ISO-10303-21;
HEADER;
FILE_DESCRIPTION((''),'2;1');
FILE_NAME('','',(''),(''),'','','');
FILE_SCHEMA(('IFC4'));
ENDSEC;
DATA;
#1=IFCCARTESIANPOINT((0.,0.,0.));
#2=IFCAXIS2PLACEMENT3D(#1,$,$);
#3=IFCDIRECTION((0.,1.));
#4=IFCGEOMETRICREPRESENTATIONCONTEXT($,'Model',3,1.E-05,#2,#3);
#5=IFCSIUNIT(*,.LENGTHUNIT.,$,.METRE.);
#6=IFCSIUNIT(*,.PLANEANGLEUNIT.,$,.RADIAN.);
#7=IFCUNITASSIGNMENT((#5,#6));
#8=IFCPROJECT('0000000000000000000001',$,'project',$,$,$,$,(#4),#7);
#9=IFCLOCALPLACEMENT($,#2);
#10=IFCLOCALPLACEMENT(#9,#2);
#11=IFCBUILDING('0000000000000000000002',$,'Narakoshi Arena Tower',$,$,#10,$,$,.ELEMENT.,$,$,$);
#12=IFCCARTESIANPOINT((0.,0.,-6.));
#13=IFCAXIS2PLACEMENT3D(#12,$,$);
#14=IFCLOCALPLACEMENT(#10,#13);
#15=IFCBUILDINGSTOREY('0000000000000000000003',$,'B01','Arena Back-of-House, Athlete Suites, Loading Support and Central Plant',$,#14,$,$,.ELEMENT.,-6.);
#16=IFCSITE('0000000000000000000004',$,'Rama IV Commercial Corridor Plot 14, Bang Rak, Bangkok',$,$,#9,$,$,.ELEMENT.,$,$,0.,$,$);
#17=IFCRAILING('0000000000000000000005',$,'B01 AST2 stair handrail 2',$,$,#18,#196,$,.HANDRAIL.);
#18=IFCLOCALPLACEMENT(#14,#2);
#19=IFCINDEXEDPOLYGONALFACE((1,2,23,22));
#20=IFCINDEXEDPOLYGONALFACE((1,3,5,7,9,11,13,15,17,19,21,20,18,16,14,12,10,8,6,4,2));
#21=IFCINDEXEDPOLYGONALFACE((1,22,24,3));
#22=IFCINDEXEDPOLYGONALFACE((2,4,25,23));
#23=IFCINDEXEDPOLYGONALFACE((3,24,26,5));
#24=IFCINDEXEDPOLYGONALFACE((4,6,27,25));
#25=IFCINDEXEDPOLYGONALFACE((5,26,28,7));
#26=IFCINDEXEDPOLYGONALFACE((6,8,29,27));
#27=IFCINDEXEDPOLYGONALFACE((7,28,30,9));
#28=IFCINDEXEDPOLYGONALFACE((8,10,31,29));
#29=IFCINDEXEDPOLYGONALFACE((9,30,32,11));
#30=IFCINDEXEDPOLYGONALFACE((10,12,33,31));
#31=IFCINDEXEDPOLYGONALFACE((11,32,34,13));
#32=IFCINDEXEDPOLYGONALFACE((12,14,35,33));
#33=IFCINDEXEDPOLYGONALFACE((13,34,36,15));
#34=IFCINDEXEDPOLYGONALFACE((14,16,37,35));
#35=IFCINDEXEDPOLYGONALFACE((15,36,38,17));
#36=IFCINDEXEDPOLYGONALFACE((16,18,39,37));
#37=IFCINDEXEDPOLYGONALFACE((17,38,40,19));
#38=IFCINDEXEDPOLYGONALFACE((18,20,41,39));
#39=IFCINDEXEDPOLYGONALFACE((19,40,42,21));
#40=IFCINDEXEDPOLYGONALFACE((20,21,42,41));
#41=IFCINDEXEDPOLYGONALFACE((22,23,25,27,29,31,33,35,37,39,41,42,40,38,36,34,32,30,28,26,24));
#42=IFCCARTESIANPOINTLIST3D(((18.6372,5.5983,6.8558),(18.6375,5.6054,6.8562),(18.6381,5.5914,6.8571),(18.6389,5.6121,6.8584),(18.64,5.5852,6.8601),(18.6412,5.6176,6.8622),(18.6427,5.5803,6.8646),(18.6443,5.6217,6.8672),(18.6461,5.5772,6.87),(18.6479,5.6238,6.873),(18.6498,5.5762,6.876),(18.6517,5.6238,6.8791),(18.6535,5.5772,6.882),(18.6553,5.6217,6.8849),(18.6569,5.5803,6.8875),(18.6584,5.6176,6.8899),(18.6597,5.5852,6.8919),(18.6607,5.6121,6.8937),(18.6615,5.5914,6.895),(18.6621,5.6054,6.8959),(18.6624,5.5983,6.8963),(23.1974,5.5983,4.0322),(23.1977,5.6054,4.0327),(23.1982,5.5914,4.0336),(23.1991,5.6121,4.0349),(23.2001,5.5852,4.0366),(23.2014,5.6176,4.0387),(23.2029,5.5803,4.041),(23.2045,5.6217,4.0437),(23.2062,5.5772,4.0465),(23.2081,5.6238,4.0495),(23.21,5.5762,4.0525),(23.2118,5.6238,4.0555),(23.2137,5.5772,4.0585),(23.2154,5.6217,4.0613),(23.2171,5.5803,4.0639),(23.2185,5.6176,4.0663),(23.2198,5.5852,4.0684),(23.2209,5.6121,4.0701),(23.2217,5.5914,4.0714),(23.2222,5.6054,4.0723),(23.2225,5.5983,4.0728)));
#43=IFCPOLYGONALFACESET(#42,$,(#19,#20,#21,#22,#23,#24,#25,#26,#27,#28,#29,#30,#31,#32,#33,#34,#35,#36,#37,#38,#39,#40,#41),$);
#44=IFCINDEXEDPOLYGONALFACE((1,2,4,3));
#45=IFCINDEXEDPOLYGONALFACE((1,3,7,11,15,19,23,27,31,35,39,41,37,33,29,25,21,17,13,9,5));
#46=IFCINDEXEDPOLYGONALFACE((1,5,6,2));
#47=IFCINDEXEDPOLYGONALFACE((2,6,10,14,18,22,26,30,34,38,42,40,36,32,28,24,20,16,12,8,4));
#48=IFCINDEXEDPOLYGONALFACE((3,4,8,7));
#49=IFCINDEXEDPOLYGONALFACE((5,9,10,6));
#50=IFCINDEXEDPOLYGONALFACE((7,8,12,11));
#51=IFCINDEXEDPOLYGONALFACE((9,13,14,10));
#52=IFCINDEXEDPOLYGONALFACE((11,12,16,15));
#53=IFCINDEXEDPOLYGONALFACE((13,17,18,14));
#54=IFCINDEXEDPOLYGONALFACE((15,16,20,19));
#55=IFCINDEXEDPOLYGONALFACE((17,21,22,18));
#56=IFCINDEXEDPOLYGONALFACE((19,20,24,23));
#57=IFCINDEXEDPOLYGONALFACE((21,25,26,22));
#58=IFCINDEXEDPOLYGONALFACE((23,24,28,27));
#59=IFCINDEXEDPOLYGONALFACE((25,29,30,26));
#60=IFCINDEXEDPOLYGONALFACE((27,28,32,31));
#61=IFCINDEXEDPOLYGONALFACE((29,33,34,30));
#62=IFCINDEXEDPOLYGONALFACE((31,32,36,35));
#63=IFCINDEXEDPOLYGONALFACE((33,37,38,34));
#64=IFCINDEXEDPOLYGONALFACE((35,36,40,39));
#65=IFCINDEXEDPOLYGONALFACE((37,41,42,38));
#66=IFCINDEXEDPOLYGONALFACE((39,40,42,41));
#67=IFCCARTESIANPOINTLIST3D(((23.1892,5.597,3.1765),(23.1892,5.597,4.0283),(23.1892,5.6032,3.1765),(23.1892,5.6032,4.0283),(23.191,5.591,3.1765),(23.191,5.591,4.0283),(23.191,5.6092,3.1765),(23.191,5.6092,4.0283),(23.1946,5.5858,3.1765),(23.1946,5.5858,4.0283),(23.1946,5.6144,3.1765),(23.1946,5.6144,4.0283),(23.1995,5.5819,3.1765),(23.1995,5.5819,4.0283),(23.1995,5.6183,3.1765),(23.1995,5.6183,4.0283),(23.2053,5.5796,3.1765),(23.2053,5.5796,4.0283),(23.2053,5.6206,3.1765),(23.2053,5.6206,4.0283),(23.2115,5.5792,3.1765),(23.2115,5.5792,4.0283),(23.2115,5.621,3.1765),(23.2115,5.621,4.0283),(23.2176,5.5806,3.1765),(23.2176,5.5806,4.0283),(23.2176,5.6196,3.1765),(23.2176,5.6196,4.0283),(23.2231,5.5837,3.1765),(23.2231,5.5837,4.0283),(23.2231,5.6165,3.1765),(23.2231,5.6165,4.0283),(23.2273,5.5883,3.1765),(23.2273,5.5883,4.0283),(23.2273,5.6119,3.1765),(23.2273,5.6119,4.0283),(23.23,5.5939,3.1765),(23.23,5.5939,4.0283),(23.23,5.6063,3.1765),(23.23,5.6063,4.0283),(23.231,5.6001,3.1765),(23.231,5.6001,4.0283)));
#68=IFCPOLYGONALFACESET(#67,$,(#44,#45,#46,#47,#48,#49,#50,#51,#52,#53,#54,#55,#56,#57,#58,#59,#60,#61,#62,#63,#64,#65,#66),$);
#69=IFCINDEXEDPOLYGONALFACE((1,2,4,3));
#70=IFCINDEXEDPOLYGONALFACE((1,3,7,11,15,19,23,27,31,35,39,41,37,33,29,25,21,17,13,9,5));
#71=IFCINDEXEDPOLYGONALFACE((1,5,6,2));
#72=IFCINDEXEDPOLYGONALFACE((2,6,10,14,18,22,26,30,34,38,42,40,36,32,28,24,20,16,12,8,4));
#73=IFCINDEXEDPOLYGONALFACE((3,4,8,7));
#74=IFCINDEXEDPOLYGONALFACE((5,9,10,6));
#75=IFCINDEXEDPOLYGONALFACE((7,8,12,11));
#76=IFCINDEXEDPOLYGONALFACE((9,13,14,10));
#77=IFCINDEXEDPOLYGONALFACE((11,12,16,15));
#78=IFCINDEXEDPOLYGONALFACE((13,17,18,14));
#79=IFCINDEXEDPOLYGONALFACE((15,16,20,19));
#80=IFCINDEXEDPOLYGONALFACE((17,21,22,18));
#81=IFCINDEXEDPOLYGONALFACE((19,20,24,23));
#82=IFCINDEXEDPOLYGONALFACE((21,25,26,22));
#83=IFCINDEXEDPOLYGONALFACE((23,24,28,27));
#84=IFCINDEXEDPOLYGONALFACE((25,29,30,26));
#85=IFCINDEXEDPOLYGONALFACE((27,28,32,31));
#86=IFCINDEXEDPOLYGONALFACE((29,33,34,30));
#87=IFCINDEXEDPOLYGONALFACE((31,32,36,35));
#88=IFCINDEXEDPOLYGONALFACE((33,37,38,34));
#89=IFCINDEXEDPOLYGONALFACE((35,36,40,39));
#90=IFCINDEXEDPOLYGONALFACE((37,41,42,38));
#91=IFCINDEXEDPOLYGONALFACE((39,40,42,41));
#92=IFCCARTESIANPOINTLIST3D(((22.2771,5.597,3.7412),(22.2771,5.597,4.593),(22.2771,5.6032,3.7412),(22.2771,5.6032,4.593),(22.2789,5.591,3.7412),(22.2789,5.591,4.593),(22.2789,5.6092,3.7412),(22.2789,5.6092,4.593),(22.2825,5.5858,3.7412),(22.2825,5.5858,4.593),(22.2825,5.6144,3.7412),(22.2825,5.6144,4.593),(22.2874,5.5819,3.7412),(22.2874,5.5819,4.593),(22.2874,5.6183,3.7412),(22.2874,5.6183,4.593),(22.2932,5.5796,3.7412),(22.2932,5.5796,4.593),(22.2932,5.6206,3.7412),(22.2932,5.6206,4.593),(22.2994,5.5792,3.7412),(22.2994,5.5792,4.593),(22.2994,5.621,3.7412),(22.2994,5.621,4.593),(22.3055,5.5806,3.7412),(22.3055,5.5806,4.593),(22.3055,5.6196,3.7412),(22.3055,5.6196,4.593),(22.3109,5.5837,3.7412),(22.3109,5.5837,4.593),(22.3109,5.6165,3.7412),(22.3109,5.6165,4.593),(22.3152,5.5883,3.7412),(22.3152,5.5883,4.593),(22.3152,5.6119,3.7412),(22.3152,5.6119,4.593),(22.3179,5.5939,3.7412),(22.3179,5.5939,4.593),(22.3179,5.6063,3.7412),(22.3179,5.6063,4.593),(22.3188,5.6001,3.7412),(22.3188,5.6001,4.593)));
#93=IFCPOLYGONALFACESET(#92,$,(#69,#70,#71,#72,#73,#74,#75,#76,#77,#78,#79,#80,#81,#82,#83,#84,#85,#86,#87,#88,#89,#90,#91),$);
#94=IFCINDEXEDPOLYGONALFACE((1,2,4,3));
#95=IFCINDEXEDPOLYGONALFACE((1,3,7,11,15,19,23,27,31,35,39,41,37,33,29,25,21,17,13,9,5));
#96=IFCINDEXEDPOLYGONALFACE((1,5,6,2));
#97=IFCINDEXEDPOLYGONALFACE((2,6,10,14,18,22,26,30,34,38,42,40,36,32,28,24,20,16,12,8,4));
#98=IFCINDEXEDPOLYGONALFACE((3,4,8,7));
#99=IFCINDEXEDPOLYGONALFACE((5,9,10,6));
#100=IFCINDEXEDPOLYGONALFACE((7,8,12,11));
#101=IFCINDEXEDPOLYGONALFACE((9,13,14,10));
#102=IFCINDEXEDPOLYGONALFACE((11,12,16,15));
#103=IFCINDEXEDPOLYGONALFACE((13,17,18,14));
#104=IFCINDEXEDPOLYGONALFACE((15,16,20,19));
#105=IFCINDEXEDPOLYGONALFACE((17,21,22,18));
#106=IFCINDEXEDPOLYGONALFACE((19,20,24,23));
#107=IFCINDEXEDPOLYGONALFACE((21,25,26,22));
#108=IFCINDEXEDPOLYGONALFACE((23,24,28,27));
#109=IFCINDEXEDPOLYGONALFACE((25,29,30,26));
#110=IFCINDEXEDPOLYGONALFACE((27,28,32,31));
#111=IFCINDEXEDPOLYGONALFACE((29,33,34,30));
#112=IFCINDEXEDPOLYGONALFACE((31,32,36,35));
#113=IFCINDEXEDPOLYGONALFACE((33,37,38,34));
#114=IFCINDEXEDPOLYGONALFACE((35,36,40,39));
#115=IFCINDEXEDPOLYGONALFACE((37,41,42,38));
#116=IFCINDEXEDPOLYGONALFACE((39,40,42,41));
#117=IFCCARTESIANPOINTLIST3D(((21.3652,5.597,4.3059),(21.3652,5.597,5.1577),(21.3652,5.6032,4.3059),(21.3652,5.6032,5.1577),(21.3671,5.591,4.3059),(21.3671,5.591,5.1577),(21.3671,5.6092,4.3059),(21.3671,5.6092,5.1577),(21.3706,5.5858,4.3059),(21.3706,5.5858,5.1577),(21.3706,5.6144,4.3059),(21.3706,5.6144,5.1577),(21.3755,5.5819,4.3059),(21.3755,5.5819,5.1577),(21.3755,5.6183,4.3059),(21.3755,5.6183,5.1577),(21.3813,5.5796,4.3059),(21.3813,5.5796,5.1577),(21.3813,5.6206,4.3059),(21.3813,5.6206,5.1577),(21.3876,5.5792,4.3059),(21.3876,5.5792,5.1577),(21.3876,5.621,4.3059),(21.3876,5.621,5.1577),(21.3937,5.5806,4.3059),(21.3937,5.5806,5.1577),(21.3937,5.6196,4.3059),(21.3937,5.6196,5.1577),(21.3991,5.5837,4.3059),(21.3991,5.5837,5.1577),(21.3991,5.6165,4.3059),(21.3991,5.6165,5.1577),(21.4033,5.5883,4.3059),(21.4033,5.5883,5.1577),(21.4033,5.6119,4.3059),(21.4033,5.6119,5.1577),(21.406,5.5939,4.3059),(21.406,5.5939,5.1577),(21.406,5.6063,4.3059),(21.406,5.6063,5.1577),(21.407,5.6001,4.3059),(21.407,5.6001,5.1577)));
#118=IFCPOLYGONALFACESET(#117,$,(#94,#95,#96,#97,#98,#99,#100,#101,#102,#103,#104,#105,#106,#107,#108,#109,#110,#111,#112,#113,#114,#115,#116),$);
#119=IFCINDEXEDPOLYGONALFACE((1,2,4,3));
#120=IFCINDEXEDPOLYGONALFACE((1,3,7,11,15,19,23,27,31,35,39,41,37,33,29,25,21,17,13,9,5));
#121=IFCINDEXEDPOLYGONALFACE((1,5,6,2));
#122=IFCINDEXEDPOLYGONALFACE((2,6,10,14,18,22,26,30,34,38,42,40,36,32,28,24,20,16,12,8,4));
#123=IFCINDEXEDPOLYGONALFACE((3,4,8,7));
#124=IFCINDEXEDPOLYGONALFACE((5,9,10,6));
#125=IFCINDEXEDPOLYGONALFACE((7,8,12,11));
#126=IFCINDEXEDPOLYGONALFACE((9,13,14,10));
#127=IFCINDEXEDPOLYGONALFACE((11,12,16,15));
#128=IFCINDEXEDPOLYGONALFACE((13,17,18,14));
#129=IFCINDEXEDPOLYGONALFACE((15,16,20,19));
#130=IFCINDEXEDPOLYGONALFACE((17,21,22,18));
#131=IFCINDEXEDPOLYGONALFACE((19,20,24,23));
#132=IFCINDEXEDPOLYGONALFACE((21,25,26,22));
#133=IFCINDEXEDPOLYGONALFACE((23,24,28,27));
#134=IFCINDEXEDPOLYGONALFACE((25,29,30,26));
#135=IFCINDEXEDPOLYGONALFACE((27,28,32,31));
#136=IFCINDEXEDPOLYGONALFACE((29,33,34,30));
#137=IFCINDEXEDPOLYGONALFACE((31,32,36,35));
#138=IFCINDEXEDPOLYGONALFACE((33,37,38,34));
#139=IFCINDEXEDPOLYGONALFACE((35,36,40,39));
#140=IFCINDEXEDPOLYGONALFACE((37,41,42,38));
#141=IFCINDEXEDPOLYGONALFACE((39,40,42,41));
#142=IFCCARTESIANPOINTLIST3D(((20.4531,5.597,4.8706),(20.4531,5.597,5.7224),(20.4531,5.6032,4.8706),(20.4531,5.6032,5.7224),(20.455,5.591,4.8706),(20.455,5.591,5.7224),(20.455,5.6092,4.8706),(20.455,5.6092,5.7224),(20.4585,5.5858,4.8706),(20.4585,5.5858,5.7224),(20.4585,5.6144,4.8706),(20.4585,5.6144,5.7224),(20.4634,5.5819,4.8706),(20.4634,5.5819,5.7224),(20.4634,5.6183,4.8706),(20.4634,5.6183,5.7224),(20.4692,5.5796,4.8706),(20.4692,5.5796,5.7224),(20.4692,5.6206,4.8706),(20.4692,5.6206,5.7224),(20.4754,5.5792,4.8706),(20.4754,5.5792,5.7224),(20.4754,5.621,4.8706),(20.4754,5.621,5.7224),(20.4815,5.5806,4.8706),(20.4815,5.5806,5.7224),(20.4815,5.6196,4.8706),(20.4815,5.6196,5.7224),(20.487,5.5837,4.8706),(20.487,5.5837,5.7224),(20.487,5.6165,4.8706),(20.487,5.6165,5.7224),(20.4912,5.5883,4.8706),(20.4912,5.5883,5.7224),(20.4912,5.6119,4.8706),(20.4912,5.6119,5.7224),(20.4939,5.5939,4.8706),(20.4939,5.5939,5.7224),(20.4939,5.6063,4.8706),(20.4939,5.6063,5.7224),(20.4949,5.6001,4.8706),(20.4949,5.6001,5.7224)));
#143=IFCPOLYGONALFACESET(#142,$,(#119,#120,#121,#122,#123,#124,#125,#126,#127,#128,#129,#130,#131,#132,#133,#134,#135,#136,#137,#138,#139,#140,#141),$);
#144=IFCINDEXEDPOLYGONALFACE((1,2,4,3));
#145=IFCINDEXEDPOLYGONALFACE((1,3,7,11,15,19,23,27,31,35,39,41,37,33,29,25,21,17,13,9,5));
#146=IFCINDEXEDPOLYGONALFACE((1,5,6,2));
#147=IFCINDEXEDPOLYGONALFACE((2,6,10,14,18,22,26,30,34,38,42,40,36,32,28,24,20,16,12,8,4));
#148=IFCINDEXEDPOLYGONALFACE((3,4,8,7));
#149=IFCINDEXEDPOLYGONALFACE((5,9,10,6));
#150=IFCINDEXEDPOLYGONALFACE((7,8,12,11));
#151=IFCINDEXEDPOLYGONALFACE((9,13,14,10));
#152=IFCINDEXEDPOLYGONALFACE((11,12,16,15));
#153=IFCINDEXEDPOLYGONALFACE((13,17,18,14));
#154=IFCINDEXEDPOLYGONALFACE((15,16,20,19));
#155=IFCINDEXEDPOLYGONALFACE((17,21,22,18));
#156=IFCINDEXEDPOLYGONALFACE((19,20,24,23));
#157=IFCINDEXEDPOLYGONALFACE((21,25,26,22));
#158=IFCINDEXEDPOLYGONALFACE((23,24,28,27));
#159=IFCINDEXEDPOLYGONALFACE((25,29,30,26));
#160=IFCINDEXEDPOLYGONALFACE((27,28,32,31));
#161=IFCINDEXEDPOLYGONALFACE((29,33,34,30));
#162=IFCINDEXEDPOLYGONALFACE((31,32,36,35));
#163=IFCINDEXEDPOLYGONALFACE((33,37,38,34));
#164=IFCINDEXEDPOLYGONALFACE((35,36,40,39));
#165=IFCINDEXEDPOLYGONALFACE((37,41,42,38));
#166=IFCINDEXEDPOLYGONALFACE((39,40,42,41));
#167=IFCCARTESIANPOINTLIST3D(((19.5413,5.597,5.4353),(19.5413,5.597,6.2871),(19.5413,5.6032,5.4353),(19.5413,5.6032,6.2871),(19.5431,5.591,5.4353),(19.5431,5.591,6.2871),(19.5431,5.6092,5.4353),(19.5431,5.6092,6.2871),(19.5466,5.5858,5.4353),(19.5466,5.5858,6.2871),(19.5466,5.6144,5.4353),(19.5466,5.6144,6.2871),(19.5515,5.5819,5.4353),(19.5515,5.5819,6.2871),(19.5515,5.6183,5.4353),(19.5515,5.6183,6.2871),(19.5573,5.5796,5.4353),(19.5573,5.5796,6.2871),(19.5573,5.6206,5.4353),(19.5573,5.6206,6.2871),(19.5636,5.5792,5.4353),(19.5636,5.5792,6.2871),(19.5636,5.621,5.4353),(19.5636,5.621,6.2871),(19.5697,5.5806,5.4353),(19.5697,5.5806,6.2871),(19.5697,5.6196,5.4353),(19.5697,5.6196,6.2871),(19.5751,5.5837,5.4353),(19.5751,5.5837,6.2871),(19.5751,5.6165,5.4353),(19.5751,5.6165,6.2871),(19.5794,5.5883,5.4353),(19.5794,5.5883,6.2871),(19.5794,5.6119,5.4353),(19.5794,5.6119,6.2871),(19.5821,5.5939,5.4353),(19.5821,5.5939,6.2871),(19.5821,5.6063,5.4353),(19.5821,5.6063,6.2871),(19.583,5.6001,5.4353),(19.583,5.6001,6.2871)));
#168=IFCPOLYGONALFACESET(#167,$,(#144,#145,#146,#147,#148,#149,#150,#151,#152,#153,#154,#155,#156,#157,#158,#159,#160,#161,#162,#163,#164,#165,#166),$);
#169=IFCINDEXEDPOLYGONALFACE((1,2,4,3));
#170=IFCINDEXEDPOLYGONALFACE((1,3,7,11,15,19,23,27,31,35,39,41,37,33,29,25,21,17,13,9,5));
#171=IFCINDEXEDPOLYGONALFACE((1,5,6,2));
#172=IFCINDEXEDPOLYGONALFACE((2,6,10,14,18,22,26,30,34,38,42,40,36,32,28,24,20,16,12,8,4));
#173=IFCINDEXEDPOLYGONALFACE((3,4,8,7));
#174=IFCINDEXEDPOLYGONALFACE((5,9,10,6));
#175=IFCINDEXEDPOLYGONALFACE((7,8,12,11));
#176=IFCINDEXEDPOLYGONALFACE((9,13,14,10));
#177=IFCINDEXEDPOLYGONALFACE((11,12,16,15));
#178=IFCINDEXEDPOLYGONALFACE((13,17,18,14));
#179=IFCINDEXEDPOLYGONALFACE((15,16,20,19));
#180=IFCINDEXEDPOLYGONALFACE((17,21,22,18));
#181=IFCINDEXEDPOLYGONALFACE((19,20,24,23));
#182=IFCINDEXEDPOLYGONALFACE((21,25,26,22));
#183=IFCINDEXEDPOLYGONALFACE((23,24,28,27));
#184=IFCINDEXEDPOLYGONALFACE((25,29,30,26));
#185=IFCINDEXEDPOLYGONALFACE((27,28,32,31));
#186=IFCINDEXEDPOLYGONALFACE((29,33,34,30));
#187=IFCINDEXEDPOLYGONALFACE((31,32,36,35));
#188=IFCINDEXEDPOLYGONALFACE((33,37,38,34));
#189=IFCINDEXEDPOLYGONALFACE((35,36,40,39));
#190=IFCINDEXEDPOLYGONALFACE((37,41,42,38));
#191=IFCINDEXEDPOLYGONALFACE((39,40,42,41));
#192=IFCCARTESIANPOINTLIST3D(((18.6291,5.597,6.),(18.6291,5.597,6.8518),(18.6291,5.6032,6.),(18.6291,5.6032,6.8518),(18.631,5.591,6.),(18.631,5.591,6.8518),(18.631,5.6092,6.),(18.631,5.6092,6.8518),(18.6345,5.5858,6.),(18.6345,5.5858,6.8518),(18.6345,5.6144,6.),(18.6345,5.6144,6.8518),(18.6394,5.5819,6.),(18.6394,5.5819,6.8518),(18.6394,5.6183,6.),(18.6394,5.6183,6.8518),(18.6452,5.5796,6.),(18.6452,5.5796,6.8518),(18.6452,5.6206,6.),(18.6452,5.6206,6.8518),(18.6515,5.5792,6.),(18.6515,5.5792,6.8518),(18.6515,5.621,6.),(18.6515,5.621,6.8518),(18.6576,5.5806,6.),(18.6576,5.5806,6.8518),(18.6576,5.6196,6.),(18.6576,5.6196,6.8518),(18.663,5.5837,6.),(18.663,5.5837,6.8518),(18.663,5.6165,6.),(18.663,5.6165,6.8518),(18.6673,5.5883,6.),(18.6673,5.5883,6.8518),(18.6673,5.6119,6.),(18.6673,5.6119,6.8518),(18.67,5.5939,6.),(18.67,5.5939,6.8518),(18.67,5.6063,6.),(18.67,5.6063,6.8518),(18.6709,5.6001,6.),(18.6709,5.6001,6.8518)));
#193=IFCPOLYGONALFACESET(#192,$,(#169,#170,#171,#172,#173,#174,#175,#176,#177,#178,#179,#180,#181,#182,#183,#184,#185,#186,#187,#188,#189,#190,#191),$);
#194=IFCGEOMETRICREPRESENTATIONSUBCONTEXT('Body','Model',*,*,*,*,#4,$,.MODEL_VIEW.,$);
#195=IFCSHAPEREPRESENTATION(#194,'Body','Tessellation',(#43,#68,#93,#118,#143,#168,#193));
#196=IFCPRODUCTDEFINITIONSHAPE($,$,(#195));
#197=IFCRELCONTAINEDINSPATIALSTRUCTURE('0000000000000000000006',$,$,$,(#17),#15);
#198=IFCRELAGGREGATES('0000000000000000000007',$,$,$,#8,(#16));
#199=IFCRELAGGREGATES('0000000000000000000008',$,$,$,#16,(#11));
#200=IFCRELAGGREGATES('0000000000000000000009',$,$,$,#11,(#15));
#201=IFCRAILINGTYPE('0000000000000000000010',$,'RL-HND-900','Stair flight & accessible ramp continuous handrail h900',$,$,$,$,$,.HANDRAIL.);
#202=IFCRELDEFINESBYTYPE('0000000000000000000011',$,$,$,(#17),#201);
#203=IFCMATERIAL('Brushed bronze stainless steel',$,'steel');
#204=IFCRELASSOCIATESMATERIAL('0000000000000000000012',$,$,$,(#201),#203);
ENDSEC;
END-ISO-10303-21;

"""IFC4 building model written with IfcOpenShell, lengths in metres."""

from ifc_helpers import new_model, si_unit, direction, frame, origin, origin_2d, place, context, subcontext, project, spatial, circle, extrude, material, type_object, element, save


model = new_model("IFC4")

# Units and contexts
model_context = context("Model", 3, precision=1e-05, world=origin(), true_north=direction((0.0, 1.0)))
body_context = subcontext(model_context, "Body", "Model", "MODEL_VIEW")
ifc_project = project(units=[si_unit("LENGTHUNIT", "METRE"), si_unit("PLANEANGLEUNIT", "RADIAN")], contexts=[model_context])

# Site, building, storey
site_placement = place(None, origin())
site = spatial("IfcSite", under=ifc_project, at=site_placement, Name="Rama IV Commercial Corridor Plot 14, Bang Rak, Bangkok", CompositionType="ELEMENT", RefElevation=0.0)
building_placement = place(site_placement, origin())
building = spatial("IfcBuilding", under=site, at=building_placement, Name="Narakoshi Arena Tower", CompositionType="ELEMENT")
storey_placement = place(building_placement, frame((0.0, 0.0, -6.0)))
storey = spatial("IfcBuildingStorey", under=building, at=storey_placement, Name="B01", Description="Arena Back-of-House, Athlete Suites, Loading Support and Central Plant", CompositionType="ELEMENT", Elevation=-6.0)

# Railing
ifc_material_1 = material(Name="Brushed bronze stainless steel", Category="steel")
railing_type_1 = type_object("IfcRailingType", Name="RL-HND-900", Description="Stair flight & accessible ramp continuous handrail h900", PredefinedType="HANDRAIL", material=ifc_material_1)
railing_1_placement = place(storey_placement, frame((23.21, 5.6001, 3.1765)))
element("IfcRailing", 1, at=railing_1_placement, inside=storey, type_object=railing_type_1, Name="B01 AST2 stair handrail 2", PredefinedType="HANDRAIL", context=body_context, shape_type="SweptSolid", body=[
    extrude(circle(Radius=0.0239, at=origin_2d()), frame((0.0, 0.0, 0.876), z_axis=(-0.850216, 0.0, 0.526435), x_axis=(0.0, -1.0, 0.0)), (0.0, 0.0, 1.0), 5.3635),
    extrude(circle(Radius=0.021, at=origin_2d()), origin(), (0.0, 0.0, 1.0), 0.8518),
    extrude(circle(Radius=0.021, at=origin_2d()), frame((-0.9121, 0.0, 0.5647)), (0.0, 0.0, 1.0), 0.8518),
    extrude(circle(Radius=0.021, at=origin_2d()), frame((-1.824, 0.0, 1.1294)), (0.0, 0.0, 1.0), 0.8518),
    extrude(circle(Radius=0.021, at=origin_2d()), frame((-2.7361, 0.0, 1.6941)), (0.0, 0.0, 1.0), 0.8518),
    extrude(circle(Radius=0.021, at=origin_2d()), frame((-3.6479, 0.0, 2.2588)), (0.0, 0.0, 1.0), 0.8518),
    extrude(circle(Radius=0.021, at=origin_2d()), frame((-4.5601, 0.0, 2.8235)), (0.0, 0.0, 1.0), 0.8518),
])

save(model, "model.ifc")
